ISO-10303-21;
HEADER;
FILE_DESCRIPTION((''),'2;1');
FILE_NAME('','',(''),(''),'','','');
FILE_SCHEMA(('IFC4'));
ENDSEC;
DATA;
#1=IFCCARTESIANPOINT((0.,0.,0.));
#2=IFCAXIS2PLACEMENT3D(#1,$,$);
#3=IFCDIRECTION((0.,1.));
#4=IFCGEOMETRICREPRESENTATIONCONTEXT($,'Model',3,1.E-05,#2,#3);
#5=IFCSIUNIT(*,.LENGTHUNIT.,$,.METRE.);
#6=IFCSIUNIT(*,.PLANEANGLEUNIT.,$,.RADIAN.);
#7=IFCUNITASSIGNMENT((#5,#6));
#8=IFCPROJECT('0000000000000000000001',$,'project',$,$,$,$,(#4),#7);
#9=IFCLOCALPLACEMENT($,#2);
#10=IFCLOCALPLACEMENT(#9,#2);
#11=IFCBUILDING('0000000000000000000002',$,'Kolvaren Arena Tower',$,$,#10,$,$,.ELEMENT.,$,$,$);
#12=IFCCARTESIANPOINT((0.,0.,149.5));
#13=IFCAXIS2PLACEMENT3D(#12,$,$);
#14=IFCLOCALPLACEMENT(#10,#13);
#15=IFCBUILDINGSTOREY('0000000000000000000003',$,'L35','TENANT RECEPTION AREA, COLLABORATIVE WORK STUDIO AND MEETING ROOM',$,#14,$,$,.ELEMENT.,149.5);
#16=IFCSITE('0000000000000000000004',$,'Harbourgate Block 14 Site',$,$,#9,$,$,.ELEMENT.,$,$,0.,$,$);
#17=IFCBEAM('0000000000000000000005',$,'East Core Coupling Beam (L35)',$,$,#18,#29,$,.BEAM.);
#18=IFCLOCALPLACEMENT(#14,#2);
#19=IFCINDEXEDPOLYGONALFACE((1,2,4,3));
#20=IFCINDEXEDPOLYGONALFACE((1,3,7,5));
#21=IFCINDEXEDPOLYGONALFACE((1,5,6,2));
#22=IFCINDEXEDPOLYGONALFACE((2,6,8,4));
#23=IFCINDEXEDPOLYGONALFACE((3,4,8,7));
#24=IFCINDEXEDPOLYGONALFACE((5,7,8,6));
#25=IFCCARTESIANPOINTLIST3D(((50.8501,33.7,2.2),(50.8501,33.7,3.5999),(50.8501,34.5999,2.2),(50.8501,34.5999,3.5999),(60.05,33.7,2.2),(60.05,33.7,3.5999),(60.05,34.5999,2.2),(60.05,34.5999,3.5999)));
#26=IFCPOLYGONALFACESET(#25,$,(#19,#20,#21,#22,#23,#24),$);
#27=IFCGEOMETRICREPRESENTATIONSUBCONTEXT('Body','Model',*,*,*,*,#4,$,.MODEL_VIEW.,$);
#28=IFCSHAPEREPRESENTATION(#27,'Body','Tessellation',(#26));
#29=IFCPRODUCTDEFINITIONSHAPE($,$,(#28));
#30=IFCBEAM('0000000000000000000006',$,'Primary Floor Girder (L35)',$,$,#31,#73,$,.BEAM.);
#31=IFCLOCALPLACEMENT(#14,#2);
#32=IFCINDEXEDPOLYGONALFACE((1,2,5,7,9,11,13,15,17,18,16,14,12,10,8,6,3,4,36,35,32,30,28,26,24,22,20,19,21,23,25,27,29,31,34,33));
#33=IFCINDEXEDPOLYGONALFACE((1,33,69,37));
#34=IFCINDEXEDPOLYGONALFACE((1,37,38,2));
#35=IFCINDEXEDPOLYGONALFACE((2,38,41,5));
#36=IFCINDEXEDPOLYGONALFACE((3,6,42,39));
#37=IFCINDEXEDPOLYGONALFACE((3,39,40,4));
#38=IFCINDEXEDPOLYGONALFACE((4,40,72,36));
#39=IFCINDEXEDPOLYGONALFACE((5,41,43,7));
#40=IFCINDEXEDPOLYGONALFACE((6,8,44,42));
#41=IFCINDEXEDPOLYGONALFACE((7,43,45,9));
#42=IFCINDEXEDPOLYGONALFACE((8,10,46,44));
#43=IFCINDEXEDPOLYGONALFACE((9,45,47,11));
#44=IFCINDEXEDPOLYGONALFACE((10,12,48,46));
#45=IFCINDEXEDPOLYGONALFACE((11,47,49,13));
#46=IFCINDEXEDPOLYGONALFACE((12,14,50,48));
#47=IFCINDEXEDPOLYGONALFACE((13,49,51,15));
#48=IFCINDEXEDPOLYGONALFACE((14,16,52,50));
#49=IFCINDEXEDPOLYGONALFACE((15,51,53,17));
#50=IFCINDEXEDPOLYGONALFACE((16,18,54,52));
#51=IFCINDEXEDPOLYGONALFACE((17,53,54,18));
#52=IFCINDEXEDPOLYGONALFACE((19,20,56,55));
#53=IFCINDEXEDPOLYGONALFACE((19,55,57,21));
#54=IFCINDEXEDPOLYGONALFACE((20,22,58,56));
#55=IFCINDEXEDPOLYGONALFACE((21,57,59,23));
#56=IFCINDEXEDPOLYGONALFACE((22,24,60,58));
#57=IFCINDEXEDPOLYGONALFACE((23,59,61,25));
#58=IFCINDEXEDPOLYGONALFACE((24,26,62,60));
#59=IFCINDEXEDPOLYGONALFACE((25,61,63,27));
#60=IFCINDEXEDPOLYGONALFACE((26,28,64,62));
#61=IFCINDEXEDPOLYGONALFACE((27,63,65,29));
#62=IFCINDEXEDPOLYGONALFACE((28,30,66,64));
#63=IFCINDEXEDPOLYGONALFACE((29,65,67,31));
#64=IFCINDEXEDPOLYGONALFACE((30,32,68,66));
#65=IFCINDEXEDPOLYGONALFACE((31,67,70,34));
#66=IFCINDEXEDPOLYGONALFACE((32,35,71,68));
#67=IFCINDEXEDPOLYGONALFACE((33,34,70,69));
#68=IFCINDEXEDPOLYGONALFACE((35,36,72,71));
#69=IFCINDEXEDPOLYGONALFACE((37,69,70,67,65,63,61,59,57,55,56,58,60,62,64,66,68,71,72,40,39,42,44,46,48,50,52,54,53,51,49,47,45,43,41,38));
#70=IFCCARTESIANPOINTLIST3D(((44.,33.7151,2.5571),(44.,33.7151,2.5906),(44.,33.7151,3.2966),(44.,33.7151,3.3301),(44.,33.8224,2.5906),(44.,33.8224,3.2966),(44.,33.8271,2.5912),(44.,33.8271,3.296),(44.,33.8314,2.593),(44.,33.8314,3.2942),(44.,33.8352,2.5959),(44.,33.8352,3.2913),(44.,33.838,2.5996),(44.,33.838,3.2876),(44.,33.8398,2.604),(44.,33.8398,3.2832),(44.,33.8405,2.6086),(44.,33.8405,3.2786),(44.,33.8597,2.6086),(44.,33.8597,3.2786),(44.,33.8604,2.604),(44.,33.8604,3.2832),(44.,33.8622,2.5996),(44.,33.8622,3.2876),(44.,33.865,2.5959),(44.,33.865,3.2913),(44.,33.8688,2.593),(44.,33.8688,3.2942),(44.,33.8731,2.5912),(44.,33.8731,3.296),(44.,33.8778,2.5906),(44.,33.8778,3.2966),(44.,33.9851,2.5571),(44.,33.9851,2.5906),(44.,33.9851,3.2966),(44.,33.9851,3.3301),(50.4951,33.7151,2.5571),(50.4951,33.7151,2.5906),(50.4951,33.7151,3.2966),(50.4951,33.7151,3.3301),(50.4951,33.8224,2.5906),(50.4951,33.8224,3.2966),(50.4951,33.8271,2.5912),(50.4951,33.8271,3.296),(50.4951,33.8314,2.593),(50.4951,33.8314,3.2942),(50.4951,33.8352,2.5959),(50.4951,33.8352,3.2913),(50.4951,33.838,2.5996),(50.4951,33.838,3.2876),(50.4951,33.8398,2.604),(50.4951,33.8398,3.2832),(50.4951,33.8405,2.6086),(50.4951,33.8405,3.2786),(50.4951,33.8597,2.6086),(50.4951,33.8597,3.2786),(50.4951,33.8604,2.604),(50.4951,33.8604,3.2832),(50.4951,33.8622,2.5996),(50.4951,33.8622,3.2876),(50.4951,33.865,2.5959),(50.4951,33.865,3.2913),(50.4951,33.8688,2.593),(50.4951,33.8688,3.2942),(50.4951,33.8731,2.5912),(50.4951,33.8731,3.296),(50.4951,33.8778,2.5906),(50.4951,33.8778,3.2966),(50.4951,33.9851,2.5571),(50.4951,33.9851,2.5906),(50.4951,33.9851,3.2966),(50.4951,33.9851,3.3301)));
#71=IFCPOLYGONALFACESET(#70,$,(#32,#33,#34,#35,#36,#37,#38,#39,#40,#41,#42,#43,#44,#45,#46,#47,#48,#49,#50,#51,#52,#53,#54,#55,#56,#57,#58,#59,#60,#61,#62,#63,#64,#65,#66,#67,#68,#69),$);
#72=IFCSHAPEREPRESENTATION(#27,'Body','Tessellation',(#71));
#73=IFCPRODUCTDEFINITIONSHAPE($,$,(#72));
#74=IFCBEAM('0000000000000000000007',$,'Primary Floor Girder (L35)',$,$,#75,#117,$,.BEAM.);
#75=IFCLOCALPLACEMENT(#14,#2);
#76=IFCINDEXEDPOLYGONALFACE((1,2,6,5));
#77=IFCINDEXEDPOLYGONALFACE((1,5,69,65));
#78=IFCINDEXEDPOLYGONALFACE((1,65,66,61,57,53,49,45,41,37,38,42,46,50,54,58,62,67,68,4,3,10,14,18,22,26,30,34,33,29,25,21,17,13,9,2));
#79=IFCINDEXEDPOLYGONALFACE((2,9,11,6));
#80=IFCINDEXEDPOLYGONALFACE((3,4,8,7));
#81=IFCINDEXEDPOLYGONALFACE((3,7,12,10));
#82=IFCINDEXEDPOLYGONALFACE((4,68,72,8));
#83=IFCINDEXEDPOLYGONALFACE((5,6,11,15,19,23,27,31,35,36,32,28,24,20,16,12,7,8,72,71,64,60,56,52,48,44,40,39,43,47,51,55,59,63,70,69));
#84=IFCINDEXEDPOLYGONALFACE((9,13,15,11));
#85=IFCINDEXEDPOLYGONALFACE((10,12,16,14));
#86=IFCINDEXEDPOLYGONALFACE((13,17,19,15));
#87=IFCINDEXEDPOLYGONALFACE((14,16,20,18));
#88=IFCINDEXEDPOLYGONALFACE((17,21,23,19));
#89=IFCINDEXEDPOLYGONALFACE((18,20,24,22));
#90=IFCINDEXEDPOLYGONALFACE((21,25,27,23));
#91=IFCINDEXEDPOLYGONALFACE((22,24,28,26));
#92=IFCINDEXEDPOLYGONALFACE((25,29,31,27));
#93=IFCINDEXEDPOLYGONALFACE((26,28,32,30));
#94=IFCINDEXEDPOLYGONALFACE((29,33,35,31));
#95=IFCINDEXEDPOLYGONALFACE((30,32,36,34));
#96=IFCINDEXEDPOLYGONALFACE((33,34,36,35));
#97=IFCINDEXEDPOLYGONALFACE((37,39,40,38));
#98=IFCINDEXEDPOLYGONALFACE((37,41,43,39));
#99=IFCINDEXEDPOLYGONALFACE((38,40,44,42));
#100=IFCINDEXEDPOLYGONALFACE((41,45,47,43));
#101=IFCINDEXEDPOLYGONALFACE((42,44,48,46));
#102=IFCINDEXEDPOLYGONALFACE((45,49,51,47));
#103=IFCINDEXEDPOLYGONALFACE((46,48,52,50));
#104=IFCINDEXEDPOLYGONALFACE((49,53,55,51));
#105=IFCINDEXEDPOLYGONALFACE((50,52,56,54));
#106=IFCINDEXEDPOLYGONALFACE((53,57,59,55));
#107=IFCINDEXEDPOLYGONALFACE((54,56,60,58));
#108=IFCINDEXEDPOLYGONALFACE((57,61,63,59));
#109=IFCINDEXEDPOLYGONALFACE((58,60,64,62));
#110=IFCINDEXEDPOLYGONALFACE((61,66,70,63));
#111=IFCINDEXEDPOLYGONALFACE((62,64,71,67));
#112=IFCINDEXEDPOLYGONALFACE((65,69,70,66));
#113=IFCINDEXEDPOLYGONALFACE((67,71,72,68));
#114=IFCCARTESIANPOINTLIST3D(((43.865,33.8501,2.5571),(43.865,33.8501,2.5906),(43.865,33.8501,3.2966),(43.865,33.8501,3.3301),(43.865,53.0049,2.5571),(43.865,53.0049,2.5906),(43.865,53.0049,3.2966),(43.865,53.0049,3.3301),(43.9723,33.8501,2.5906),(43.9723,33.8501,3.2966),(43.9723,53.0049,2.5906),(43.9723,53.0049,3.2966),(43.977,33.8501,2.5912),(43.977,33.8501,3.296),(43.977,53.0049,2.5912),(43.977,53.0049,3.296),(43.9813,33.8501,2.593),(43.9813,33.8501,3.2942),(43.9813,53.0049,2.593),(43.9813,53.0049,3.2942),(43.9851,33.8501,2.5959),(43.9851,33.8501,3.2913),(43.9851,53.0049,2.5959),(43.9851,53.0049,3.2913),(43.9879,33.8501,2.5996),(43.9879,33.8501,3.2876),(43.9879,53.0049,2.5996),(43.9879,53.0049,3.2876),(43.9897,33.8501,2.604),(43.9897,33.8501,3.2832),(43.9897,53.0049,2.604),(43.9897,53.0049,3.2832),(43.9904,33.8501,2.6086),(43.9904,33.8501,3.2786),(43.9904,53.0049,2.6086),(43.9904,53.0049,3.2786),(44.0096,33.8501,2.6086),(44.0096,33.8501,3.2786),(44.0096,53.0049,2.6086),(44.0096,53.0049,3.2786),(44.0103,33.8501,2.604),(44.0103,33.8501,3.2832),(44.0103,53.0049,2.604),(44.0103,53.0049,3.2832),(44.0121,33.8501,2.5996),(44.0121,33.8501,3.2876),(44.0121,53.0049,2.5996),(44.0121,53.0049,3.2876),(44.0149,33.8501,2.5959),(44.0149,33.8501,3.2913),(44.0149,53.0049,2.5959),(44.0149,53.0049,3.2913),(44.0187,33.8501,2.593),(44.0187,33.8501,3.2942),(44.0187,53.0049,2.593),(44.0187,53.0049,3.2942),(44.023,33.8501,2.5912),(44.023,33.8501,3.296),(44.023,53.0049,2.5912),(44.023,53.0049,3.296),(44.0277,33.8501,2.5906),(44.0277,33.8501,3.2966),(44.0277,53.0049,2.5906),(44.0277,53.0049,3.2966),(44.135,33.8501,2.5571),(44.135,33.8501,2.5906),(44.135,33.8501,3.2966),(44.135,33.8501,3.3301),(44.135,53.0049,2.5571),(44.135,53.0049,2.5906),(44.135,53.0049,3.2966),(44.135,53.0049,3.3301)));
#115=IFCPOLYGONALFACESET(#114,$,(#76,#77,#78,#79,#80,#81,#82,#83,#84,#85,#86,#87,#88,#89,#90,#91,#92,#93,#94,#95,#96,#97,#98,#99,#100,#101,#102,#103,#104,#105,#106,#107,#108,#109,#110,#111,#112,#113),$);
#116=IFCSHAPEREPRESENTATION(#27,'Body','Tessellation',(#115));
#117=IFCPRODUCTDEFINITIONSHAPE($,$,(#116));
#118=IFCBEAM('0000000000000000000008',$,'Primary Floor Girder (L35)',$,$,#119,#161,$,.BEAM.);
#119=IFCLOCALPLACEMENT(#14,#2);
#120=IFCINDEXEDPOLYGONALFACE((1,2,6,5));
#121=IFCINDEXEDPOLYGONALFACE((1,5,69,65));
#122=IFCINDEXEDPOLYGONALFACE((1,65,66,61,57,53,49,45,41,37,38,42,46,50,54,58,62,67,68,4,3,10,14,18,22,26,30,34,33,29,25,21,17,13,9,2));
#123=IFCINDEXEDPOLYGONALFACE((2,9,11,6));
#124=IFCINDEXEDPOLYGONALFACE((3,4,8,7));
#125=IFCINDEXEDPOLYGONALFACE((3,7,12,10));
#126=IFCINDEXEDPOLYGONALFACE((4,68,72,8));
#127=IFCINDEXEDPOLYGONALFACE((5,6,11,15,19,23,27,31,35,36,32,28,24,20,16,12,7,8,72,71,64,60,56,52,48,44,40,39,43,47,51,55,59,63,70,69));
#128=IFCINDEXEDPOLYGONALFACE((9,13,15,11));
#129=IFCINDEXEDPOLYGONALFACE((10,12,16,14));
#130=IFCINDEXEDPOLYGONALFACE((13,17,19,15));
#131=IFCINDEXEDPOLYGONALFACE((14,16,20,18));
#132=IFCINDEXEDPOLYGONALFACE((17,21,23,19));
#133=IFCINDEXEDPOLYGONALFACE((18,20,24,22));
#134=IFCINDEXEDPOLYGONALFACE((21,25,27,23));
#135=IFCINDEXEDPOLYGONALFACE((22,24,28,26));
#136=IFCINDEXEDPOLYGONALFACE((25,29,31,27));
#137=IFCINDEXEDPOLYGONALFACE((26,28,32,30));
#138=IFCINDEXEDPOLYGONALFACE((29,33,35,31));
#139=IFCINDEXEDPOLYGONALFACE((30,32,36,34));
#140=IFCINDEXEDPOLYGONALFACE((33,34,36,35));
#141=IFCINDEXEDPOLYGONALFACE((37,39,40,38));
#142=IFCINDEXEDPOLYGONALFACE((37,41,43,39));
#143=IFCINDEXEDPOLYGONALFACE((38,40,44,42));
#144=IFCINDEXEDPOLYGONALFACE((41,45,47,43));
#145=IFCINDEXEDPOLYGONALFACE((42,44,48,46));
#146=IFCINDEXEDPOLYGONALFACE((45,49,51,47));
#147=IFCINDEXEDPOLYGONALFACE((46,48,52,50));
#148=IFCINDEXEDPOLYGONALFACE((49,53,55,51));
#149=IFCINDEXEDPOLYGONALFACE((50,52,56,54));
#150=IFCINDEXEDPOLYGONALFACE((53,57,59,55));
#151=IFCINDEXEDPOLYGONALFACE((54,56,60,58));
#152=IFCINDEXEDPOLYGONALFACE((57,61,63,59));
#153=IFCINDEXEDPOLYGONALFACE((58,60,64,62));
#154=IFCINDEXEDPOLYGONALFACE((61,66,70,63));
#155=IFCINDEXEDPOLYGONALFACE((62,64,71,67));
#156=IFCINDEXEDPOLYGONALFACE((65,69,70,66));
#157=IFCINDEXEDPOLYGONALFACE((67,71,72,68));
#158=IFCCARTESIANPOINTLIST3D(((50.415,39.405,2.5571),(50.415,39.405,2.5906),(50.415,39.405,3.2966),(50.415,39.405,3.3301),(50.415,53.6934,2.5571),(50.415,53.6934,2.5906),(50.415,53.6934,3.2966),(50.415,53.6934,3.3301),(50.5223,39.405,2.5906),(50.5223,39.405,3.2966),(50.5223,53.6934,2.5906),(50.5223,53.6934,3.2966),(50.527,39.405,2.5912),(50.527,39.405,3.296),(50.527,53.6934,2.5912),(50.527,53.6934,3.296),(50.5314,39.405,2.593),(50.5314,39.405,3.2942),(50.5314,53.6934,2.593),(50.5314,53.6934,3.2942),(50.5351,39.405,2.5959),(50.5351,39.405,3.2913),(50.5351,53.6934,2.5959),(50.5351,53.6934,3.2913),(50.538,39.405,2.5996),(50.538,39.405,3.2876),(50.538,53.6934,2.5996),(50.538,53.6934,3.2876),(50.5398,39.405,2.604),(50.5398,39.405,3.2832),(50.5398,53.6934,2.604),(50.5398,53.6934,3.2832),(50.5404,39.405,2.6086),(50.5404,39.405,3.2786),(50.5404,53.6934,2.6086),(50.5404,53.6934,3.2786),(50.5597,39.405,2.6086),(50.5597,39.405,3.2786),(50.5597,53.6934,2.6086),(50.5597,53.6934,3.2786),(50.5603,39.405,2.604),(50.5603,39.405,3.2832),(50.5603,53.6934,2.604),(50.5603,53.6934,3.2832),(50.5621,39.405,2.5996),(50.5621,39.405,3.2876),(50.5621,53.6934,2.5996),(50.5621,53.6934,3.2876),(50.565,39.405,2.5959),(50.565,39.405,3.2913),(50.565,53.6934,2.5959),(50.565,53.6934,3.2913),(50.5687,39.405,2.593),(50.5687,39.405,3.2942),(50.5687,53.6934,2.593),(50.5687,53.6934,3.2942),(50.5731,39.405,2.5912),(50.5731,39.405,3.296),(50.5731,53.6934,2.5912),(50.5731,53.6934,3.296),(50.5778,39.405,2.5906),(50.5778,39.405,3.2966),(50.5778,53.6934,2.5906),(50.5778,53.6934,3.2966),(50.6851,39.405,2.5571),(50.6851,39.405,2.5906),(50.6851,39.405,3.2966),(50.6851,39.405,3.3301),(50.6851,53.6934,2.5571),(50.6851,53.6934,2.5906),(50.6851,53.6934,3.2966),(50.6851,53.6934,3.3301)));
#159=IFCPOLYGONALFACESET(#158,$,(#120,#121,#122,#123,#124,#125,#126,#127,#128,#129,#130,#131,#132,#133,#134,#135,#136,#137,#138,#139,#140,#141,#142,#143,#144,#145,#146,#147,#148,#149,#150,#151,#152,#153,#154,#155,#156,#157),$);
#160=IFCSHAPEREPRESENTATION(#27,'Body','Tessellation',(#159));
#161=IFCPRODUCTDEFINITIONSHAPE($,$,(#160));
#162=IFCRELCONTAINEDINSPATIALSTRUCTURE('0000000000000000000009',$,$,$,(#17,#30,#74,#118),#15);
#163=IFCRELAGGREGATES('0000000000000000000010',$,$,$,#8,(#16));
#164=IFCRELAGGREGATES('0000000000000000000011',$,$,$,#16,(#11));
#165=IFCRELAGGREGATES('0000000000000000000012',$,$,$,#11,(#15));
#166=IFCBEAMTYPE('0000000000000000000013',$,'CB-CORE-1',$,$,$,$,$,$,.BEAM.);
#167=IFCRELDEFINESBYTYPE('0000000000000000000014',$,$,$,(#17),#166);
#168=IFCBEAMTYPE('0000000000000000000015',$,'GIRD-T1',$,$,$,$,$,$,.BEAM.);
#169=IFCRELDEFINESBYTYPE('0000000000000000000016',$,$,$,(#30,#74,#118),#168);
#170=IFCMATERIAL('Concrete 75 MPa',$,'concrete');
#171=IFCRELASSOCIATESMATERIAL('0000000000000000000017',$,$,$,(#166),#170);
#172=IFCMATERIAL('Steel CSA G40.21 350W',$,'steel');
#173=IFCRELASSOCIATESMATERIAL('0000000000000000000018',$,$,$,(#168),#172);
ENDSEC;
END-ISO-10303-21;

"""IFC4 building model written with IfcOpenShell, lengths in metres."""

from ifc_helpers import new_model, si_unit, direction, frame, origin, origin_2d, place, context, subcontext, project, spatial, rectangle, i_section, extrude, material, material_profile, profile_set, type_object, element, save


model = new_model("IFC4")

# Units and contexts
model_context = context("Model", 3, precision=1e-05, world=origin(), true_north=direction((0.0, 1.0)))
body_context = subcontext(model_context, "Body", "Model", "MODEL_VIEW")
ifc_project = project(units=[si_unit("LENGTHUNIT", "METRE"), si_unit("PLANEANGLEUNIT", "RADIAN")], contexts=[model_context])

# Site, building, storey
site_placement = place(None, origin())
site = spatial("IfcSite", under=ifc_project, at=site_placement, Name="Harbourgate Block 14 Site", CompositionType="ELEMENT", RefElevation=0.0)
building_placement = place(site_placement, origin())
building = spatial("IfcBuilding", under=site, at=building_placement, Name="Kolvaren Arena Tower", CompositionType="ELEMENT")
storey_placement = place(building_placement, frame((0.0, 0.0, 149.5)))
storey = spatial("IfcBuildingStorey", under=building, at=storey_placement, Name="L35", Description="TENANT RECEPTION AREA, COLLABORATIVE WORK STUDIO AND MEETING ROOM", CompositionType="ELEMENT", Elevation=149.5)

# Beams
ifc_material_1 = material(Name="Steel CSA G40.21 350W", Category="steel")
ifc_material_2 = material(Name="Concrete 75 MPa", Category="concrete")
ifc_material_profile_1 = material_profile(ifc_material_2, rectangle(XDim=0.8999, YDim=1.3999, at=origin_2d()), Name="RC-900x1400")
ifc_profile_set_1 = profile_set([ifc_material_profile_1], Name="Concrete 75 MPa")
beam_type_1 = type_object("IfcBeamType", Name="CB-CORE-1", PredefinedType="BEAM", material=ifc_profile_set_1)
beam_1_placement = place(storey_placement, frame((50.8501, 34.1499, 2.8999), z_axis=(1.0, 0.0, 0.0), x_axis=(0.0, 1.0, 0.0)))
element("IfcBeam", 1, at=beam_1_placement, inside=storey, type_object=beam_type_1, Name="East Core Coupling Beam (L35)", PredefinedType="BEAM", context=body_context, shape_type="SweptSolid", body=[
    extrude(rectangle(XDim=0.8999, YDim=1.3999, at=origin_2d()), origin(), (0.0, 0.0, 1.0), 9.2),
])
ifc_material_profile_2 = material_profile(ifc_material_1, i_section(OverallWidth=0.27, OverallDepth=0.7729, WebThickness=0.0193, FlangeThickness=0.0334, FilletRadius=0.0181, at=origin_2d()), Name="W760x257")
ifc_profile_set_2 = profile_set([ifc_material_profile_2], Name="Steel CSA G40.21 350W")
beam_type_2 = type_object("IfcBeamType", Name="GIRD-T1", PredefinedType="BEAM", material=ifc_profile_set_2)
beam_2_placement = place(storey_placement, frame((44.0, 33.8501, 2.9436), z_axis=(1.0, 0.0, 0.0), x_axis=(0.0, 1.0, 0.0)))
element("IfcBeam", 2, at=beam_2_placement, inside=storey, type_object=beam_type_2, Name="Primary Floor Girder (L35)", PredefinedType="BEAM", context=body_context, shape_type="SweptSolid", body=[
    extrude(i_section(OverallWidth=0.27, OverallDepth=0.7729, WebThickness=0.0193, FlangeThickness=0.0334, FilletRadius=0.0181, at=origin_2d()), origin(), (0.0, 0.0, 1.0), 6.4951),
])
beam_3_placement = place(storey_placement, frame((44.0, 33.8501, 2.9436), z_axis=(0.0, 1.0, 0.0), x_axis=(-1.0, 0.0, 0.0)))
element("IfcBeam", 3, at=beam_3_placement, inside=storey, type_object=beam_type_2, Name="Primary Floor Girder (L35)", PredefinedType="BEAM", context=body_context, shape_type="SweptSolid", body=[
    extrude(i_section(OverallWidth=0.27, OverallDepth=0.7729, WebThickness=0.0193, FlangeThickness=0.0334, FilletRadius=0.0181, at=origin_2d()), origin(), (0.0, 0.0, 1.0), 19.1548),
])
beam_4_placement = place(storey_placement, frame((50.55, 39.405, 2.9436), z_axis=(0.0, 1.0, 0.0), x_axis=(-1.0, 0.0, 0.0)))
element("IfcBeam", 4, at=beam_4_placement, inside=storey, type_object=beam_type_2, Name="Primary Floor Girder (L35)", PredefinedType="BEAM", context=body_context, shape_type="SweptSolid", body=[
    extrude(i_section(OverallWidth=0.27, OverallDepth=0.7729, WebThickness=0.0193, FlangeThickness=0.0334, FilletRadius=0.0181, at=origin_2d()), origin(), (0.0, 0.0, 1.0), 14.2883),
])

save(model, "model.ifc")
